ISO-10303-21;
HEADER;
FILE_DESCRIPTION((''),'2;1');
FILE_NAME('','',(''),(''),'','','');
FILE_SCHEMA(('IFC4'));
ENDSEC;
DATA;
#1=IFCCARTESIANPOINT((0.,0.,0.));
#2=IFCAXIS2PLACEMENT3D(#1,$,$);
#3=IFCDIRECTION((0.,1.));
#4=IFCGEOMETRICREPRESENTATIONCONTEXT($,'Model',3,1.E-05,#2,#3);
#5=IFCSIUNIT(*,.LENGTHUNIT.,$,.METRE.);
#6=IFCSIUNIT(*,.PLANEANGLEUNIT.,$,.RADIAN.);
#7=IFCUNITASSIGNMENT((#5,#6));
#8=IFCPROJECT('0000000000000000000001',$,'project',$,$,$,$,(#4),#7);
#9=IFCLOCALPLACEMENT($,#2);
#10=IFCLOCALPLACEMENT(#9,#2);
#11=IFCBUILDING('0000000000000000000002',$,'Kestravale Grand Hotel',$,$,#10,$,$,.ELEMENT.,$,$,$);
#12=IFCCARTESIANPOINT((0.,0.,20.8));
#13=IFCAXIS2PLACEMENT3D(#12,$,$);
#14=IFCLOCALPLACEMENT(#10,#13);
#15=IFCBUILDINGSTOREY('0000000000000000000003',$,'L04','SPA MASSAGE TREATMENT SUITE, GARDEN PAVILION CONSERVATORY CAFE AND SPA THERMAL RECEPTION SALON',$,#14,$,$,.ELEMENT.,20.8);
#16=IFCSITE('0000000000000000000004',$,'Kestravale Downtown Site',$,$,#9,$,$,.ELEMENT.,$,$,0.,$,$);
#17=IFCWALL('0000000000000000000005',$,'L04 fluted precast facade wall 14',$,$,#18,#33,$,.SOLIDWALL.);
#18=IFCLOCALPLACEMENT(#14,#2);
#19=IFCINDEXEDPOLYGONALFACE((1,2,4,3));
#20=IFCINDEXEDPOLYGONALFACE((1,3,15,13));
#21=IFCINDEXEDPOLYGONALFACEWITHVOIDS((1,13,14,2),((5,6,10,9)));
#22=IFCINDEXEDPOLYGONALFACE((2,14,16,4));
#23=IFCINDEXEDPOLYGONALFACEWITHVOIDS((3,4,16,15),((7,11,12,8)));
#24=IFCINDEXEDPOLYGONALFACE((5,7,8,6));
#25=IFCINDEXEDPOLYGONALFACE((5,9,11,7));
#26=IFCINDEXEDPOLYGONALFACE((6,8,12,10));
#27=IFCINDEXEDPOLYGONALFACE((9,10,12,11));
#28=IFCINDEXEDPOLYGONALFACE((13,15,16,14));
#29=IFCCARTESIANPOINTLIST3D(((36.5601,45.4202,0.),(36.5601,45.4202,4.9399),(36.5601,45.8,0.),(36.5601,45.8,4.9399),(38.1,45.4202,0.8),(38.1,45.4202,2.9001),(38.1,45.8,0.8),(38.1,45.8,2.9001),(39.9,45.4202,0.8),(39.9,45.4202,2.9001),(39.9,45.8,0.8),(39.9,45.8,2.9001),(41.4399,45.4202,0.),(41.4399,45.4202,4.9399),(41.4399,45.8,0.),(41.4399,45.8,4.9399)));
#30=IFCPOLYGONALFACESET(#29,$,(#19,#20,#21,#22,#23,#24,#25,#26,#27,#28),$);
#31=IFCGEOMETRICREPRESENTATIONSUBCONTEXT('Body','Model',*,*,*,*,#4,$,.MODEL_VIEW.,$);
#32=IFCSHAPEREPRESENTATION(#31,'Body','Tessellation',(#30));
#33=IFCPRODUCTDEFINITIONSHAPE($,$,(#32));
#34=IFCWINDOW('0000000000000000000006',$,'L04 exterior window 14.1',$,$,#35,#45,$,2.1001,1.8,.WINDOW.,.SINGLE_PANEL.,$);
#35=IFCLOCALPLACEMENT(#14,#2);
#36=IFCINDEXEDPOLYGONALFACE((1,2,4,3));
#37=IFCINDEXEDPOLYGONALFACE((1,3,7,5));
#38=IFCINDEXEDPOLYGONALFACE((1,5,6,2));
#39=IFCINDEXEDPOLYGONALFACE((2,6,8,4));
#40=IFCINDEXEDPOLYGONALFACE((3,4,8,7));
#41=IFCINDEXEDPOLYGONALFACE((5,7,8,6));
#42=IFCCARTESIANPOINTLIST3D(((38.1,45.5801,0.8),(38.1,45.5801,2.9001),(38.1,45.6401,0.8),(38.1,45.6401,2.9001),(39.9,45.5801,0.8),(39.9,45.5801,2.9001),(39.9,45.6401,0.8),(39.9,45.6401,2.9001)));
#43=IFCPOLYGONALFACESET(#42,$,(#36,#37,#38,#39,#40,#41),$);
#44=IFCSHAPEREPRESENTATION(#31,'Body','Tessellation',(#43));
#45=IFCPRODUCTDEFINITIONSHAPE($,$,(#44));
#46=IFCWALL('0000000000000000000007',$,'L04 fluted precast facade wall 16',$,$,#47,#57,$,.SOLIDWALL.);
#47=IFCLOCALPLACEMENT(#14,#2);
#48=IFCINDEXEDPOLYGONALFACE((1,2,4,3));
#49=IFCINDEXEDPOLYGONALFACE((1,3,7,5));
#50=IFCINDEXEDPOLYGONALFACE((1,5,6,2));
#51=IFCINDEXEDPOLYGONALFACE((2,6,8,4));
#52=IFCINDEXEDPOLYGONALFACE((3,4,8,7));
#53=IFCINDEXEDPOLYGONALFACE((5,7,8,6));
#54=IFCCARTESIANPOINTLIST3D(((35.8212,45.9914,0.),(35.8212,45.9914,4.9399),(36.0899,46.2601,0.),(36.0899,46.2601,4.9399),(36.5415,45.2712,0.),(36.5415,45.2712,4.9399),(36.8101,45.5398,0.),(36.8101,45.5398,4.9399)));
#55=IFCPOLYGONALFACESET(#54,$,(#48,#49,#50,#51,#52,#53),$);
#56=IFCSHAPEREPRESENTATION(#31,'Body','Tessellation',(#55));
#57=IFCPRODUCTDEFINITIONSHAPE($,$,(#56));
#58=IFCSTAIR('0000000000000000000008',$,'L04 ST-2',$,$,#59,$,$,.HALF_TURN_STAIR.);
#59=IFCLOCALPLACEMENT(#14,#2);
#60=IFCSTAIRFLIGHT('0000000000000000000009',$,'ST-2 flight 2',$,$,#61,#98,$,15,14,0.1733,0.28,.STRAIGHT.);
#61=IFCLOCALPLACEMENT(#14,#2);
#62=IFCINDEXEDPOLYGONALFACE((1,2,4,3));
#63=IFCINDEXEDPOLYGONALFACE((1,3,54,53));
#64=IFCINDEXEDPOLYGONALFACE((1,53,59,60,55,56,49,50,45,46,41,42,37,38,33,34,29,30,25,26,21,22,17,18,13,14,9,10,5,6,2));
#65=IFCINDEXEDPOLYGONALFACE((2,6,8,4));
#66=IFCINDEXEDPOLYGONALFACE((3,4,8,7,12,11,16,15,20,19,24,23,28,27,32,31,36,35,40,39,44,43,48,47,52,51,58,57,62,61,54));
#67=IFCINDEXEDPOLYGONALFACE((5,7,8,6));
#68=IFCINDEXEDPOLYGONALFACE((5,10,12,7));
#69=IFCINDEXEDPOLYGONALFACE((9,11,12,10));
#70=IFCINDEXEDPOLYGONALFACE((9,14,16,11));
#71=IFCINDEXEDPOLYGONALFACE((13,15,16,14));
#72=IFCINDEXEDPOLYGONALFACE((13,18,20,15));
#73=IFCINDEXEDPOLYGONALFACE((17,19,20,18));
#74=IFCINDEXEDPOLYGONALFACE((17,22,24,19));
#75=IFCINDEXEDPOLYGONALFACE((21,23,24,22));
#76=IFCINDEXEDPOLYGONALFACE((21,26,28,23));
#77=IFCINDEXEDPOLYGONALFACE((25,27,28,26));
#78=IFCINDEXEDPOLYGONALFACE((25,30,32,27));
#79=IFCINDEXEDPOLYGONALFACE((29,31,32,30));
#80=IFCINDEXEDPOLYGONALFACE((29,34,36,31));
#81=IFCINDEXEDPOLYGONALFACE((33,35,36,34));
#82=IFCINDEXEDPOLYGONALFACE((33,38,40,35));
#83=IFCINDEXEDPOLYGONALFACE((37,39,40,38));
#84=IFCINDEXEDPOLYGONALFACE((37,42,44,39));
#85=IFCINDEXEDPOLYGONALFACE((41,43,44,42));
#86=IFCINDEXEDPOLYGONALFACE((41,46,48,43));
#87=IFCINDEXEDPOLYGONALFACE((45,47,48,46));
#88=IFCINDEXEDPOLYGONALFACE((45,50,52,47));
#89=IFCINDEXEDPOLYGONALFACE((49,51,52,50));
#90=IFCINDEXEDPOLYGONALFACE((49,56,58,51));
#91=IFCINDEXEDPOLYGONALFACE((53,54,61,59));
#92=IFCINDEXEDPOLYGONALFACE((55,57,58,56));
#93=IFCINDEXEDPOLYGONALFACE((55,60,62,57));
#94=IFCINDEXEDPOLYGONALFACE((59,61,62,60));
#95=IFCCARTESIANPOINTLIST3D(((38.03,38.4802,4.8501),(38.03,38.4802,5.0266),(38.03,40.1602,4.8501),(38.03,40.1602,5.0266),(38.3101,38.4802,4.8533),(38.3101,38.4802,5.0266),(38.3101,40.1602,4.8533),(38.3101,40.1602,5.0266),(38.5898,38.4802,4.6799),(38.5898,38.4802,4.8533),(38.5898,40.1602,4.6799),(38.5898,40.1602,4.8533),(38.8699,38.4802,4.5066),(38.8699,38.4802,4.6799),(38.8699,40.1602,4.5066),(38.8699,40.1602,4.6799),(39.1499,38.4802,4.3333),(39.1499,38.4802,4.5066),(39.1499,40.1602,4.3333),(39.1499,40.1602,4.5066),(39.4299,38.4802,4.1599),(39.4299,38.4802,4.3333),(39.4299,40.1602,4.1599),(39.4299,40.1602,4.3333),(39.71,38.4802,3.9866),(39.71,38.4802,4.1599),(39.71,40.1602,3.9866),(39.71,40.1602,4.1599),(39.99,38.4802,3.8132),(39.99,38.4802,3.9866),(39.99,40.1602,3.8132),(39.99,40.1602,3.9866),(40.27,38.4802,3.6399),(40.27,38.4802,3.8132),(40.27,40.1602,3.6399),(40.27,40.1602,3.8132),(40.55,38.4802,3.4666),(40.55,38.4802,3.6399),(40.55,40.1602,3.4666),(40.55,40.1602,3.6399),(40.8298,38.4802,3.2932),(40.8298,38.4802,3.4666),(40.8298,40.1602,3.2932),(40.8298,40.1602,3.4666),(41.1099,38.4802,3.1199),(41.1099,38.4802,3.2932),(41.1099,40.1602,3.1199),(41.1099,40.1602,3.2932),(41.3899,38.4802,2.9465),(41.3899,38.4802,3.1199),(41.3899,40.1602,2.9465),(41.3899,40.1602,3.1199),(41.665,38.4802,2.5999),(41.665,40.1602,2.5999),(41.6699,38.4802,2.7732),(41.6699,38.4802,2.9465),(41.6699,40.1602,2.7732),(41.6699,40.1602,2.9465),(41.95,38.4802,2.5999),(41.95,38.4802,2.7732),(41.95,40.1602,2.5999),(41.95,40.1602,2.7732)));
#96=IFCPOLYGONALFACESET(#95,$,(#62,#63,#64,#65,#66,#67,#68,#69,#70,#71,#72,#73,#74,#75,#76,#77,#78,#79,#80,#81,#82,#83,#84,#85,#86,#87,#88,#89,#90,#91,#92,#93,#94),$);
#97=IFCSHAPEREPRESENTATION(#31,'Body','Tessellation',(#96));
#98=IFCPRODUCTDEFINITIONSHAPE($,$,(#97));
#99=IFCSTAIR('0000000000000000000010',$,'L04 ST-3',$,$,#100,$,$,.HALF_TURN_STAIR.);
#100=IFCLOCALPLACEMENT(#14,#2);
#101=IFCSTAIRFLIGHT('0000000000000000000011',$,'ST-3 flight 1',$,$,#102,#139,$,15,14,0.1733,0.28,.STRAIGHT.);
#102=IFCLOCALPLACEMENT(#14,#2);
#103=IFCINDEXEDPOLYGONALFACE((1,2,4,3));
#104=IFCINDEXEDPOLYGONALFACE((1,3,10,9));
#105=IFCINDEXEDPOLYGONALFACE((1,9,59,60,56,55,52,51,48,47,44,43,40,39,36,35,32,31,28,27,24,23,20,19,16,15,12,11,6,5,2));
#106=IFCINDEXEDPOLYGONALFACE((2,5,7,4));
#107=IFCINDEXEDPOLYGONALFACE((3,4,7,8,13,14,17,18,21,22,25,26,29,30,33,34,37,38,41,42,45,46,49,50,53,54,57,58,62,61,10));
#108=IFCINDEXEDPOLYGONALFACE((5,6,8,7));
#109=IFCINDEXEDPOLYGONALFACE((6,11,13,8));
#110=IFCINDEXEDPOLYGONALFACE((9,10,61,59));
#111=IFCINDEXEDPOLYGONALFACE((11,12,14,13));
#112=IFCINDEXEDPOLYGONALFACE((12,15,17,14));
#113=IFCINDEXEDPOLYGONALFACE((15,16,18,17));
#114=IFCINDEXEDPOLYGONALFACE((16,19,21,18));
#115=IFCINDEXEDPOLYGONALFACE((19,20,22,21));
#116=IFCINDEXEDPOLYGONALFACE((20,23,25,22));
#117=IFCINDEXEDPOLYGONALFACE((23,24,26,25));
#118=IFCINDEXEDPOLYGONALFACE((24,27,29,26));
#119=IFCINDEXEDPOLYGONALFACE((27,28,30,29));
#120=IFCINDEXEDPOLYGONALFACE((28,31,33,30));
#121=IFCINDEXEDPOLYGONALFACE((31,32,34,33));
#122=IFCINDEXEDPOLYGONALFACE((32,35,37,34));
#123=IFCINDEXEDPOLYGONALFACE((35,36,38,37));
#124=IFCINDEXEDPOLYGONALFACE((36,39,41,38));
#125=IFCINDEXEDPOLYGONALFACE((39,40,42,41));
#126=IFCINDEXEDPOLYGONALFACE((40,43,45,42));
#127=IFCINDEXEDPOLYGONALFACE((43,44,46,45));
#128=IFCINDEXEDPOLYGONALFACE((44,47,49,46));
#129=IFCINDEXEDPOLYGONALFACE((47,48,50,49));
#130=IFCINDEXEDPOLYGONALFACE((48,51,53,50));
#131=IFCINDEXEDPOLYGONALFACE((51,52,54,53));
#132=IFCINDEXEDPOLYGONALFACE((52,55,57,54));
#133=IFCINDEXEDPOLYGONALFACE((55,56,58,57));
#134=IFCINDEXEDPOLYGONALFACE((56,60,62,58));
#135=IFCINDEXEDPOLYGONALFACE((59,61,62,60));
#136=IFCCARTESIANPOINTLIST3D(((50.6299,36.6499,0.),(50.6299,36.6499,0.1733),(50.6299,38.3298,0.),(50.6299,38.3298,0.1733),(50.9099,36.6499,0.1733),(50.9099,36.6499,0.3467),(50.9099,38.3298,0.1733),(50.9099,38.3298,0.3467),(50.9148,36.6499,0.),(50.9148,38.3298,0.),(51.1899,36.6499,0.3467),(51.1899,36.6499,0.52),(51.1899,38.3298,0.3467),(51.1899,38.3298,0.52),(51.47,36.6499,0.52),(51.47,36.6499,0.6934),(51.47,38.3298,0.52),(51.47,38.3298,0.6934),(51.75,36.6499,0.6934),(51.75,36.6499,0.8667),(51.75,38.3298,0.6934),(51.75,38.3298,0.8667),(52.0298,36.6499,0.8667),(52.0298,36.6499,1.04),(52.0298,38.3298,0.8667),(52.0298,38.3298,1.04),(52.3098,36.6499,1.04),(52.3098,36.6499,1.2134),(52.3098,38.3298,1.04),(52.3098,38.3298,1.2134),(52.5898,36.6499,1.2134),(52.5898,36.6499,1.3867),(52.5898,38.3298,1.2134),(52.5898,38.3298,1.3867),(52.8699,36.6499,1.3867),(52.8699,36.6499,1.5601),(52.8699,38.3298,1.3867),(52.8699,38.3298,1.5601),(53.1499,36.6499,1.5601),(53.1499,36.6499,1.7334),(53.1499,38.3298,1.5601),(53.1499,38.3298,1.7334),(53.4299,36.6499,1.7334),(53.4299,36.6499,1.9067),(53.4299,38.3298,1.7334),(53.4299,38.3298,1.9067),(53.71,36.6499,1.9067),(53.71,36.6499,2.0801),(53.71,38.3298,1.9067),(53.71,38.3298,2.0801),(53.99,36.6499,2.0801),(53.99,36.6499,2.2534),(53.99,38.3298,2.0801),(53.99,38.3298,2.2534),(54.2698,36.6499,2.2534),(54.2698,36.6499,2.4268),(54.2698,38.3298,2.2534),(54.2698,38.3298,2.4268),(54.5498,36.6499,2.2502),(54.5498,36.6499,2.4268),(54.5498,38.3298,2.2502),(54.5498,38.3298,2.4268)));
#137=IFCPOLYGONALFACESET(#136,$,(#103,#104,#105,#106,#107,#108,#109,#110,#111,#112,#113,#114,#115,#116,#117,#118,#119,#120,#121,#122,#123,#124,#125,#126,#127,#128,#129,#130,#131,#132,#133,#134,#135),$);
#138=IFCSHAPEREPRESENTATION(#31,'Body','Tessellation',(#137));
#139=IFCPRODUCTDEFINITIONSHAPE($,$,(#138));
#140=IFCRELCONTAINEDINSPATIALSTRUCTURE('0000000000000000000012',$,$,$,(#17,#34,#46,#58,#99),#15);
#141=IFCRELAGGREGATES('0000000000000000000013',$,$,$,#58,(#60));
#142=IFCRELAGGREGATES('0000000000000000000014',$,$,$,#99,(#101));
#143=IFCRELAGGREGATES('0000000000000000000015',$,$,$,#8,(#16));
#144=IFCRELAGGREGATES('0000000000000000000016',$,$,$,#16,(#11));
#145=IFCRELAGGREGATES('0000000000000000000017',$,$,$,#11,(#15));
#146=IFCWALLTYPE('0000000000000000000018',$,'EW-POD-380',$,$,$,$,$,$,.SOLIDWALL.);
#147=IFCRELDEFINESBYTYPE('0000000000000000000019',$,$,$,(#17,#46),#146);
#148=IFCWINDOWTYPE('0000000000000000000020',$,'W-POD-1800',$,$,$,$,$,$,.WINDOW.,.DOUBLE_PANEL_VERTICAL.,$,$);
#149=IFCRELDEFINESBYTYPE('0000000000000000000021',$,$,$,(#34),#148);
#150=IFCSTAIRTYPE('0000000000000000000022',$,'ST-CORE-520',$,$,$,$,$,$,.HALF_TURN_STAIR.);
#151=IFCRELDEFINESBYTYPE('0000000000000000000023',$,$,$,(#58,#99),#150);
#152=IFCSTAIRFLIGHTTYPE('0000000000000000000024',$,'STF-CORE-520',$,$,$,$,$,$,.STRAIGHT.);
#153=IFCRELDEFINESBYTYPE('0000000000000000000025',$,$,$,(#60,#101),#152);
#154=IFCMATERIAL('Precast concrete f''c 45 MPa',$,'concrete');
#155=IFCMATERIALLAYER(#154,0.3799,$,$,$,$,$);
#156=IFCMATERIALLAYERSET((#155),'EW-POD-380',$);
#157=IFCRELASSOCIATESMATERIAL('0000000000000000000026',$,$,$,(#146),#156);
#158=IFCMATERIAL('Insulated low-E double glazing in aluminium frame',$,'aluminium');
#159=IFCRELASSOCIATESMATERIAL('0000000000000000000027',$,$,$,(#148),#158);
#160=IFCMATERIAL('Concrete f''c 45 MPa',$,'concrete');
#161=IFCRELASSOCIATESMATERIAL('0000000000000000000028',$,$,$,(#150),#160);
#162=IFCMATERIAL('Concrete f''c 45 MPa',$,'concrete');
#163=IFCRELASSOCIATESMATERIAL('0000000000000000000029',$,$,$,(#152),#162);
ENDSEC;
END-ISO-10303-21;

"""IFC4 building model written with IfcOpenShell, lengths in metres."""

from ifc_helpers import new_model, si_unit, direction, frame, frame_2d, origin, place, context, subcontext, project, spatial, polyline, rectangle, outline, extrude, material, layer, layer_set, type_object, element, fill, aggregate, save


model = new_model("IFC4")

# Units and contexts
model_context = context("Model", 3, precision=1e-05, world=origin(), true_north=direction((0.0, 1.0)))
body_context = subcontext(model_context, "Body", "Model", "MODEL_VIEW")
ifc_project = project(units=[si_unit("LENGTHUNIT", "METRE"), si_unit("PLANEANGLEUNIT", "RADIAN")], contexts=[model_context])

# Site, building, storey
site_placement = place(None, origin())
site = spatial("IfcSite", under=ifc_project, at=site_placement, Name="Kestravale Downtown Site", CompositionType="ELEMENT", RefElevation=0.0)
building_placement = place(site_placement, origin())
building = spatial("IfcBuilding", under=site, at=building_placement, Name="Kestravale Grand Hotel", CompositionType="ELEMENT")
storey_placement = place(building_placement, frame((0.0, 0.0, 20.8)))
storey = spatial("IfcBuildingStorey", under=building, at=storey_placement, Name="L04", Description="SPA MASSAGE TREATMENT SUITE, GARDEN PAVILION CONSERVATORY CAFE AND SPA THERMAL RECEPTION SALON", CompositionType="ELEMENT", Elevation=20.8)

# Shared definitions
ifc_material_1 = material(Name="Precast concrete f'c 45 MPa", Category="concrete")
ifc_layer_1 = layer(ifc_material_1, 0.3799)
ifc_layer_set_1 = layer_set([ifc_layer_1], Name="EW-POD-380")
wall_type_1 = type_object("IfcWallType", Name="EW-POD-380", PredefinedType="SOLIDWALL", material=ifc_layer_set_1)

# Wall, opening, window
ifc_material_2 = material(Name="Insulated low-E double glazing in aluminium frame", Category="aluminium")
window_type = type_object("IfcWindowType", Name="W-POD-1800", PartitioningType="DOUBLE_PANEL_VERTICAL", PredefinedType="WINDOW", material=ifc_material_2)
wall_1_placement = place(storey_placement, frame((41.4399, 45.6101, 0.0), z_axis=(0.0, 0.0, 1.0), x_axis=(-1.0, 0.0, 0.0)))
wall_1 = element("IfcWall", 1, at=wall_1_placement, inside=storey, type_object=wall_type_1, Name="L04 fluted precast facade wall 14", PredefinedType="SOLIDWALL", context=body_context, shape_type="SweptSolid", body=[
    extrude(rectangle(XDim=4.8799, YDim=0.3799, at=frame_2d((2.4399, 0.0))), origin(), (0.0, 0.0, 1.0), 4.9399),
])
opening_1_placement = place(wall_1_placement, frame((1.54, 0.0, 0.8)))
opening_1 = element("IfcOpeningElement", 2, at=opening_1_placement, cuts=wall_1, PredefinedType="OPENING", context=body_context, shape_type="SweptSolid", body=[
    extrude(rectangle(XDim=1.8, YDim=2.1001, at=frame_2d((0.8999, 1.05))), frame((0.0, 0.2, 0.0), z_axis=(0.0, -1.0, 0.0), x_axis=(1.0, 0.0, 0.0)), (0.0, 0.0, 1.0), 0.3999),
])
window_1_placement = place(opening_1_placement, origin())
window_1 = element("IfcWindow", 3, at=window_1_placement, inside=storey, type_object=window_type, Name="L04 exterior window 14.1", OverallHeight=2.1001, OverallWidth=1.8, PartitioningType="SINGLE_PANEL", PredefinedType="WINDOW", context=body_context, shape_type="SweptSolid", body=[
    extrude(rectangle(XDim=1.8, YDim=2.1001, at=frame_2d((0.8999, 1.05))), frame((0.0, 0.03, 0.0), z_axis=(0.0, -1.0, 0.0), x_axis=(1.0, 0.0, 0.0)), (0.0, 0.0, 1.0), 0.0601),
])
fill(opening_1, window_1)

# Wall
wall_2_placement = place(storey_placement, frame((36.6758, 45.4055, 0.0), z_axis=(0.0, 0.0, 1.0), x_axis=(-0.707107, 0.707107, 0.0)))
element("IfcWall", 4, at=wall_2_placement, inside=storey, type_object=wall_type_1, Name="L04 fluted precast facade wall 16", PredefinedType="SOLIDWALL", context=body_context, shape_type="SweptSolid", body=[
    extrude(rectangle(XDim=1.0186, YDim=0.3799, at=frame_2d((0.5093, 0.0))), origin(), (0.0, 0.0, 1.0), 4.9399),
])

# Stairs, stair flights
ifc_material_3 = material(Name="Concrete f'c 45 MPa", Category="concrete")
stair_type = type_object("IfcStairType", Name="ST-CORE-520", PredefinedType="HALF_TURN_STAIR", material=ifc_material_3)
stair_1_placement = place(storey_placement, origin())
stair_1 = element("IfcStair", 5, at=stair_1_placement, inside=storey, type_object=stair_type, Name="L04 ST-2", PredefinedType="HALF_TURN_STAIR")
ifc_material_4 = material(Name="Concrete f'c 45 MPa", Category="concrete")
stair_flight_type = type_object("IfcStairFlightType", Name="STF-CORE-520", PredefinedType="STRAIGHT", material=ifc_material_4)
stair_flight_1_placement = place(storey_placement, frame((41.95, 39.3201, 2.5999), z_axis=(0.0, 0.0, 1.0), x_axis=(-1.0, 0.0, 0.0)))
stair_flight_1 = element("IfcStairFlight", 6, at=stair_flight_1_placement, type_object=stair_flight_type, Name="ST-2 flight 2", NumberOfRisers=15, NumberOfTreads=14, PredefinedType="STRAIGHT", RiserHeight=0.1733, TreadLength=0.28, context=body_context, shape_type="SweptSolid", body=[
    extrude(outline(polyline([(0.0, 0.0), (0.0, 0.1733), (0.28, 0.1733), (0.28, 0.3467), (0.5601, 0.3467), (0.5601, 0.52), (0.8401, 0.52), (0.8401, 0.6934), (1.1201, 0.6934), (1.1201, 0.8667), (1.3999, 0.8667), (1.3999, 1.04), (1.6799, 1.04), (1.6799, 1.2134), (1.96, 1.2134), (1.96, 1.3867), (2.24, 1.3867), (2.24, 1.5601), (2.52, 1.5601), (2.52, 1.7334), (2.8, 1.7334), (2.8, 1.9067), (3.0801, 1.9067), (3.0801, 2.0801), (3.3601, 2.0801), (3.3601, 2.2534), (3.6399, 2.2534), (3.6399, 2.4268), (3.9199, 2.4268), (3.9199, 2.6001), (3.9199, 2.2502), (0.2849, 0.0), (0.0, 0.0)])), frame((0.0, 0.8398, 0.0), z_axis=(0.0, -1.0, 0.0), x_axis=(1.0, 0.0, 0.0)), (0.0, 0.0, 1.0), 1.6799),
])
aggregate(stair_1, [stair_flight_1])
stair_2_placement = place(storey_placement, origin())
stair_2 = element("IfcStair", 7, at=stair_2_placement, inside=storey, type_object=stair_type, Name="L04 ST-3", PredefinedType="HALF_TURN_STAIR")
stair_flight_2_placement = place(storey_placement, frame((50.6299, 37.49, 0.0), z_axis=(0.0, 0.0, 1.0), x_axis=(1.0, 0.0, 0.0)))
stair_flight_2 = element("IfcStairFlight", 8, at=stair_flight_2_placement, type_object=stair_flight_type, Name="ST-3 flight 1", NumberOfRisers=15, NumberOfTreads=14, PredefinedType="STRAIGHT", RiserHeight=0.1733, TreadLength=0.28, context=body_context, shape_type="SweptSolid", body=[
    extrude(outline(polyline([(0.0, 0.0), (0.0, 0.1733), (0.28, 0.1733), (0.28, 0.3467), (0.5601, 0.3467), (0.5601, 0.52), (0.8401, 0.52), (0.8401, 0.6934), (1.1201, 0.6934), (1.1201, 0.8667), (1.3999, 0.8667), (1.3999, 1.04), (1.6799, 1.04), (1.6799, 1.2134), (1.96, 1.2134), (1.96, 1.3867), (2.24, 1.3867), (2.24, 1.5601), (2.52, 1.5601), (2.52, 1.7334), (2.8, 1.7334), (2.8, 1.9067), (3.0801, 1.9067), (3.0801, 2.0801), (3.3601, 2.0801), (3.3601, 2.2534), (3.6399, 2.2534), (3.6399, 2.4268), (3.9199, 2.4268), (3.9199, 2.6001), (3.9199, 2.2502), (0.2849, 0.0), (0.0, 0.0)])), frame((0.0, 0.8398, 0.0), z_axis=(0.0, -1.0, 0.0), x_axis=(1.0, 0.0, 0.0)), (0.0, 0.0, 1.0), 1.6799),
])
aggregate(stair_2, [stair_flight_2])

save(model, "model.ifc")
